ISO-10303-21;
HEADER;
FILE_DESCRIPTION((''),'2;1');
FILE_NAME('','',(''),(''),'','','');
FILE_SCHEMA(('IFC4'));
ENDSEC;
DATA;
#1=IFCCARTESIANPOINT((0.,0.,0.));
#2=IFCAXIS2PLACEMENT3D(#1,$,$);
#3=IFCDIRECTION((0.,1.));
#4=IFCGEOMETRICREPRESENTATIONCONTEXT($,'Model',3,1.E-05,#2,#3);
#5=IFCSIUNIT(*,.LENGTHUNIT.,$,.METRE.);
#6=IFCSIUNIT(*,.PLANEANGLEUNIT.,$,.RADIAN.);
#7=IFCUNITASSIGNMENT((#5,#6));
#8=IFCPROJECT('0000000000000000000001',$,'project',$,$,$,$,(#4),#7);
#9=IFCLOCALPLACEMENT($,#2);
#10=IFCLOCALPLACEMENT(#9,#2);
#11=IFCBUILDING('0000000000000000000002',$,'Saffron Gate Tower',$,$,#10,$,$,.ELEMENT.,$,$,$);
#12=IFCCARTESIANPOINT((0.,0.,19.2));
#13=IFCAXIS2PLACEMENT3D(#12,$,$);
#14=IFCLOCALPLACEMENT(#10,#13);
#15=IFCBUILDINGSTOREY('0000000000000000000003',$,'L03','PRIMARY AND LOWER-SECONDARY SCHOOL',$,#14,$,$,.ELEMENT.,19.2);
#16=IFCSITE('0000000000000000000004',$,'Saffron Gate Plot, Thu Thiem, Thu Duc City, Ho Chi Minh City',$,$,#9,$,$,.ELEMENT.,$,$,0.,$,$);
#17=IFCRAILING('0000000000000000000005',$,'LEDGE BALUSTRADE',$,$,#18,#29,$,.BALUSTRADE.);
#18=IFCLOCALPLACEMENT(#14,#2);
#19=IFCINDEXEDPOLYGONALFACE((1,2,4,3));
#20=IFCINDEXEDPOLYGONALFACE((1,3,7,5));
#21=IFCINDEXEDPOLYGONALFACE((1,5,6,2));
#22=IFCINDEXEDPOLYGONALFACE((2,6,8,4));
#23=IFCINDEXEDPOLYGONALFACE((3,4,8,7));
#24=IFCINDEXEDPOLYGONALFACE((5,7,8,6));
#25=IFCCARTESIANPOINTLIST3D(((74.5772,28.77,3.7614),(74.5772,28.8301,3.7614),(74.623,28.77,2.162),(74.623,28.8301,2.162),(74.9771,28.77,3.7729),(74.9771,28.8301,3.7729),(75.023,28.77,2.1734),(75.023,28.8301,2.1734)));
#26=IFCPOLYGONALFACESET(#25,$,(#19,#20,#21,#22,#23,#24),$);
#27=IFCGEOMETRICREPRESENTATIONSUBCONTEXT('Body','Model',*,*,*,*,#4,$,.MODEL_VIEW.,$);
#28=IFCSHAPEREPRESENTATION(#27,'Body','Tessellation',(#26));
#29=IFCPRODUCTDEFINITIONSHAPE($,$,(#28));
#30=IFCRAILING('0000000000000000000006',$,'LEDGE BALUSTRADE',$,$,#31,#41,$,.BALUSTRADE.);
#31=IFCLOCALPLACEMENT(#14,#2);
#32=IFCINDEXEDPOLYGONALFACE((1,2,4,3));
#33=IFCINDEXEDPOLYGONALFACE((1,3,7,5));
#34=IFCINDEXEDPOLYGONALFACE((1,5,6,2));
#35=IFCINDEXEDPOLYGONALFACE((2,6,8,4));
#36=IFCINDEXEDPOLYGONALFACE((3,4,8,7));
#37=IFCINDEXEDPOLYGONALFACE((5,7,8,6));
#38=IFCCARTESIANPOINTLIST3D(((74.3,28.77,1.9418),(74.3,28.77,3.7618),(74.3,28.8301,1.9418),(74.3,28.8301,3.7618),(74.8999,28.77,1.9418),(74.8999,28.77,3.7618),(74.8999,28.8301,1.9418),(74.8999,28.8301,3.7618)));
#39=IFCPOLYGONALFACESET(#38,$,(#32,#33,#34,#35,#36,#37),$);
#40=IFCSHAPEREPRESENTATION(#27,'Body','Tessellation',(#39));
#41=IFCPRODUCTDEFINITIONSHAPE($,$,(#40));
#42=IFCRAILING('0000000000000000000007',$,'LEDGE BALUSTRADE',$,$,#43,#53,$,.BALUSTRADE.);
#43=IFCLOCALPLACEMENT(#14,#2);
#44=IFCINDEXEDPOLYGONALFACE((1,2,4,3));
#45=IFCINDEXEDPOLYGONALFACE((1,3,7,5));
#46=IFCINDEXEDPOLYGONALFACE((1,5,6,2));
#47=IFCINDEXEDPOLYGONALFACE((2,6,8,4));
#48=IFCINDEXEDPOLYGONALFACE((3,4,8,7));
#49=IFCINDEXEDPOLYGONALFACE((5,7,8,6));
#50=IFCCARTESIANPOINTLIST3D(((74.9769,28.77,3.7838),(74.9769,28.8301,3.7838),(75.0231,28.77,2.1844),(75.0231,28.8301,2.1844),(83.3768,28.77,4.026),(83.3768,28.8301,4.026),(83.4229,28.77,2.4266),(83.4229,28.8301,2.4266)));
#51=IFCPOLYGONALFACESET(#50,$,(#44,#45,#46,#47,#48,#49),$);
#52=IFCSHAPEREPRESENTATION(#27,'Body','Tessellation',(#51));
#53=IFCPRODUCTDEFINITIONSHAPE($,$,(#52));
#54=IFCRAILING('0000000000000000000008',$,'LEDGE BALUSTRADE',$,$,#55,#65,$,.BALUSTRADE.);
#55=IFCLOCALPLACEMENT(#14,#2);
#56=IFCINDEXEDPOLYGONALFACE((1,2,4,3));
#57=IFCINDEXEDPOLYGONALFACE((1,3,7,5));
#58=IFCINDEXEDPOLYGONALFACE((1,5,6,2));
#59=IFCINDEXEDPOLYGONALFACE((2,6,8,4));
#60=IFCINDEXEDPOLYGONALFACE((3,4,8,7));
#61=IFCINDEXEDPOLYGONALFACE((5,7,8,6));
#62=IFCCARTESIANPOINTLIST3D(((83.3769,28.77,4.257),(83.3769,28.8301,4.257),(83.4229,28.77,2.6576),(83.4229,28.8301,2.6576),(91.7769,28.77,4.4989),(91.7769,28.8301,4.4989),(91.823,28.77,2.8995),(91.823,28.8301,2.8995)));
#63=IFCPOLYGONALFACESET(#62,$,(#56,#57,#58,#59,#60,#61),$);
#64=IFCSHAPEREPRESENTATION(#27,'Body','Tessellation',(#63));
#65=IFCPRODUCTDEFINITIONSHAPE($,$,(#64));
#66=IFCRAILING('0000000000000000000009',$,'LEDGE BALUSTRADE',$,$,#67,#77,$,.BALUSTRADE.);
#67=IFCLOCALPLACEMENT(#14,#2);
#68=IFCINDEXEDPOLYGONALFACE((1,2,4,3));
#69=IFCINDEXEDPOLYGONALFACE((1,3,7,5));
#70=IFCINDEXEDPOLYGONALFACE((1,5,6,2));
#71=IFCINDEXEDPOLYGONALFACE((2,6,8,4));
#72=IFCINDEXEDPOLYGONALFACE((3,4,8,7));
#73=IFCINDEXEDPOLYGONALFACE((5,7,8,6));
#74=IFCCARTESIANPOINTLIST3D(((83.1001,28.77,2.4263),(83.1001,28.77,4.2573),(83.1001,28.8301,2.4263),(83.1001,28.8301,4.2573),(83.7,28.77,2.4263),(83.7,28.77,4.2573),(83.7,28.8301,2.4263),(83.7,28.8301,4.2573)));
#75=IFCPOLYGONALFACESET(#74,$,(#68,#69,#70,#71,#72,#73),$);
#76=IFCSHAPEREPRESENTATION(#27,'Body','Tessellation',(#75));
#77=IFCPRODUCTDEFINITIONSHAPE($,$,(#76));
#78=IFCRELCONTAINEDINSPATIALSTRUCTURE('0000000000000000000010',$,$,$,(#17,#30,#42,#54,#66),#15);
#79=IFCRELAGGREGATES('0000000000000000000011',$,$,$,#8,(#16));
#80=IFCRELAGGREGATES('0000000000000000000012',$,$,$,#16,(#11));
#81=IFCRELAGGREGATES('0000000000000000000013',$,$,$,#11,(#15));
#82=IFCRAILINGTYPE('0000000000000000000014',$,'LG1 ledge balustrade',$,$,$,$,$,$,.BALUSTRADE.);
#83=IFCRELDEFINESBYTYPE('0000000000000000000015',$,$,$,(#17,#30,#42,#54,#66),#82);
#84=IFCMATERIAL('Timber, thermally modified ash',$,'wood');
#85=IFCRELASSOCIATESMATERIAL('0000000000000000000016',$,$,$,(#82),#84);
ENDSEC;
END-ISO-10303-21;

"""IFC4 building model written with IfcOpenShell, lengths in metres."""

from ifc_helpers import new_model, si_unit, direction, frame, origin, origin_2d, place, context, subcontext, project, spatial, rectangle, extrude, material, type_object, element, save


model = new_model("IFC4")

# Units and contexts
model_context = context("Model", 3, precision=1e-05, world=origin(), true_north=direction((0.0, 1.0)))
body_context = subcontext(model_context, "Body", "Model", "MODEL_VIEW")
ifc_project = project(units=[si_unit("LENGTHUNIT", "METRE"), si_unit("PLANEANGLEUNIT", "RADIAN")], contexts=[model_context])

# Site, building, storey
site_placement = place(None, origin())
site = spatial("IfcSite", under=ifc_project, at=site_placement, Name="Saffron Gate Plot, Thu Thiem, Thu Duc City, Ho Chi Minh City", CompositionType="ELEMENT", RefElevation=0.0)
building_placement = place(site_placement, origin())
building = spatial("IfcBuilding", under=site, at=building_placement, Name="Saffron Gate Tower", CompositionType="ELEMENT")
storey_placement = place(building_placement, frame((0.0, 0.0, 19.2)))
storey = spatial("IfcBuildingStorey", under=building, at=storey_placement, Name="L03", Description="PRIMARY AND LOWER-SECONDARY SCHOOL", CompositionType="ELEMENT", Elevation=19.2)

# Shared definitions
ifc_material_1 = material(Name="Timber, thermally modified ash", Category="wood")

# Railings
railing_type = type_object("IfcRailingType", Name="LG1 ledge balustrade", PredefinedType="BALUSTRADE", material=ifc_material_1)
railing_1_placement = place(storey_placement, frame((74.6001, 28.8, 2.1616)))
element("IfcRailing", 1, at=railing_1_placement, inside=storey, type_object=railing_type, Name="LEDGE BALUSTRADE", PredefinedType="BALUSTRADE", context=body_context, shape_type="SweptSolid", body=[
    extrude(rectangle(XDim=0.0601, YDim=1.6001, at=origin_2d()), frame((0.0, 0.0, 0.8), z_axis=(0.999589, 0.0, 0.028682), x_axis=(0.0, 1.0, 0.0)), (0.0, 0.0, 1.0), 0.4001),
])
railing_2_placement = place(storey_placement, frame((74.3, 28.8, 1.9417)))
element("IfcRailing", 2, at=railing_2_placement, inside=storey, type_object=railing_type, Name="LEDGE BALUSTRADE", PredefinedType="BALUSTRADE", context=body_context, shape_type="SweptSolid", body=[
    extrude(rectangle(XDim=0.0601, YDim=1.8201, at=origin_2d()), frame((0.0, 0.0, 0.9102), z_axis=(1.0, 0.0, 0.0), x_axis=(0.0, 1.0, 0.0)), (0.0, 0.0, 1.0), 0.5999),
])
railing_3_placement = place(storey_placement, frame((75.0, 28.8, 2.1841)))
element("IfcRailing", 3, at=railing_3_placement, inside=storey, type_object=railing_type, Name="LEDGE BALUSTRADE", PredefinedType="BALUSTRADE", context=body_context, shape_type="SweptSolid", body=[
    extrude(rectangle(XDim=0.0601, YDim=1.6001, at=origin_2d()), frame((0.0, 0.0, 0.8), z_axis=(0.999585, 0.0, 0.02882), x_axis=(0.0, 1.0, 0.0)), (0.0, 0.0, 1.0), 8.4033),
])
railing_4_placement = place(storey_placement, frame((83.3999, 28.8, 2.6572)))
element("IfcRailing", 4, at=railing_4_placement, inside=storey, type_object=railing_type, Name="LEDGE BALUSTRADE", PredefinedType="BALUSTRADE", context=body_context, shape_type="SweptSolid", body=[
    extrude(rectangle(XDim=0.0601, YDim=1.6001, at=origin_2d()), frame((0.0, 0.0, 0.8), z_axis=(0.999585, 0.0, 0.02879), x_axis=(0.0, 1.0, 0.0)), (0.0, 0.0, 1.0), 8.4036),
])
railing_5_placement = place(storey_placement, frame((83.1001, 28.8, 2.4263)))
element("IfcRailing", 5, at=railing_5_placement, inside=storey, type_object=railing_type, Name="LEDGE BALUSTRADE", PredefinedType="BALUSTRADE", context=body_context, shape_type="SweptSolid", body=[
    extrude(rectangle(XDim=0.0601, YDim=1.8311, at=origin_2d()), frame((0.0, 0.0, 0.9155), z_axis=(1.0, 0.0, 0.0), x_axis=(0.0, 1.0, 0.0)), (0.0, 0.0, 1.0), 0.5999),
])

save(model, "model.ifc")
